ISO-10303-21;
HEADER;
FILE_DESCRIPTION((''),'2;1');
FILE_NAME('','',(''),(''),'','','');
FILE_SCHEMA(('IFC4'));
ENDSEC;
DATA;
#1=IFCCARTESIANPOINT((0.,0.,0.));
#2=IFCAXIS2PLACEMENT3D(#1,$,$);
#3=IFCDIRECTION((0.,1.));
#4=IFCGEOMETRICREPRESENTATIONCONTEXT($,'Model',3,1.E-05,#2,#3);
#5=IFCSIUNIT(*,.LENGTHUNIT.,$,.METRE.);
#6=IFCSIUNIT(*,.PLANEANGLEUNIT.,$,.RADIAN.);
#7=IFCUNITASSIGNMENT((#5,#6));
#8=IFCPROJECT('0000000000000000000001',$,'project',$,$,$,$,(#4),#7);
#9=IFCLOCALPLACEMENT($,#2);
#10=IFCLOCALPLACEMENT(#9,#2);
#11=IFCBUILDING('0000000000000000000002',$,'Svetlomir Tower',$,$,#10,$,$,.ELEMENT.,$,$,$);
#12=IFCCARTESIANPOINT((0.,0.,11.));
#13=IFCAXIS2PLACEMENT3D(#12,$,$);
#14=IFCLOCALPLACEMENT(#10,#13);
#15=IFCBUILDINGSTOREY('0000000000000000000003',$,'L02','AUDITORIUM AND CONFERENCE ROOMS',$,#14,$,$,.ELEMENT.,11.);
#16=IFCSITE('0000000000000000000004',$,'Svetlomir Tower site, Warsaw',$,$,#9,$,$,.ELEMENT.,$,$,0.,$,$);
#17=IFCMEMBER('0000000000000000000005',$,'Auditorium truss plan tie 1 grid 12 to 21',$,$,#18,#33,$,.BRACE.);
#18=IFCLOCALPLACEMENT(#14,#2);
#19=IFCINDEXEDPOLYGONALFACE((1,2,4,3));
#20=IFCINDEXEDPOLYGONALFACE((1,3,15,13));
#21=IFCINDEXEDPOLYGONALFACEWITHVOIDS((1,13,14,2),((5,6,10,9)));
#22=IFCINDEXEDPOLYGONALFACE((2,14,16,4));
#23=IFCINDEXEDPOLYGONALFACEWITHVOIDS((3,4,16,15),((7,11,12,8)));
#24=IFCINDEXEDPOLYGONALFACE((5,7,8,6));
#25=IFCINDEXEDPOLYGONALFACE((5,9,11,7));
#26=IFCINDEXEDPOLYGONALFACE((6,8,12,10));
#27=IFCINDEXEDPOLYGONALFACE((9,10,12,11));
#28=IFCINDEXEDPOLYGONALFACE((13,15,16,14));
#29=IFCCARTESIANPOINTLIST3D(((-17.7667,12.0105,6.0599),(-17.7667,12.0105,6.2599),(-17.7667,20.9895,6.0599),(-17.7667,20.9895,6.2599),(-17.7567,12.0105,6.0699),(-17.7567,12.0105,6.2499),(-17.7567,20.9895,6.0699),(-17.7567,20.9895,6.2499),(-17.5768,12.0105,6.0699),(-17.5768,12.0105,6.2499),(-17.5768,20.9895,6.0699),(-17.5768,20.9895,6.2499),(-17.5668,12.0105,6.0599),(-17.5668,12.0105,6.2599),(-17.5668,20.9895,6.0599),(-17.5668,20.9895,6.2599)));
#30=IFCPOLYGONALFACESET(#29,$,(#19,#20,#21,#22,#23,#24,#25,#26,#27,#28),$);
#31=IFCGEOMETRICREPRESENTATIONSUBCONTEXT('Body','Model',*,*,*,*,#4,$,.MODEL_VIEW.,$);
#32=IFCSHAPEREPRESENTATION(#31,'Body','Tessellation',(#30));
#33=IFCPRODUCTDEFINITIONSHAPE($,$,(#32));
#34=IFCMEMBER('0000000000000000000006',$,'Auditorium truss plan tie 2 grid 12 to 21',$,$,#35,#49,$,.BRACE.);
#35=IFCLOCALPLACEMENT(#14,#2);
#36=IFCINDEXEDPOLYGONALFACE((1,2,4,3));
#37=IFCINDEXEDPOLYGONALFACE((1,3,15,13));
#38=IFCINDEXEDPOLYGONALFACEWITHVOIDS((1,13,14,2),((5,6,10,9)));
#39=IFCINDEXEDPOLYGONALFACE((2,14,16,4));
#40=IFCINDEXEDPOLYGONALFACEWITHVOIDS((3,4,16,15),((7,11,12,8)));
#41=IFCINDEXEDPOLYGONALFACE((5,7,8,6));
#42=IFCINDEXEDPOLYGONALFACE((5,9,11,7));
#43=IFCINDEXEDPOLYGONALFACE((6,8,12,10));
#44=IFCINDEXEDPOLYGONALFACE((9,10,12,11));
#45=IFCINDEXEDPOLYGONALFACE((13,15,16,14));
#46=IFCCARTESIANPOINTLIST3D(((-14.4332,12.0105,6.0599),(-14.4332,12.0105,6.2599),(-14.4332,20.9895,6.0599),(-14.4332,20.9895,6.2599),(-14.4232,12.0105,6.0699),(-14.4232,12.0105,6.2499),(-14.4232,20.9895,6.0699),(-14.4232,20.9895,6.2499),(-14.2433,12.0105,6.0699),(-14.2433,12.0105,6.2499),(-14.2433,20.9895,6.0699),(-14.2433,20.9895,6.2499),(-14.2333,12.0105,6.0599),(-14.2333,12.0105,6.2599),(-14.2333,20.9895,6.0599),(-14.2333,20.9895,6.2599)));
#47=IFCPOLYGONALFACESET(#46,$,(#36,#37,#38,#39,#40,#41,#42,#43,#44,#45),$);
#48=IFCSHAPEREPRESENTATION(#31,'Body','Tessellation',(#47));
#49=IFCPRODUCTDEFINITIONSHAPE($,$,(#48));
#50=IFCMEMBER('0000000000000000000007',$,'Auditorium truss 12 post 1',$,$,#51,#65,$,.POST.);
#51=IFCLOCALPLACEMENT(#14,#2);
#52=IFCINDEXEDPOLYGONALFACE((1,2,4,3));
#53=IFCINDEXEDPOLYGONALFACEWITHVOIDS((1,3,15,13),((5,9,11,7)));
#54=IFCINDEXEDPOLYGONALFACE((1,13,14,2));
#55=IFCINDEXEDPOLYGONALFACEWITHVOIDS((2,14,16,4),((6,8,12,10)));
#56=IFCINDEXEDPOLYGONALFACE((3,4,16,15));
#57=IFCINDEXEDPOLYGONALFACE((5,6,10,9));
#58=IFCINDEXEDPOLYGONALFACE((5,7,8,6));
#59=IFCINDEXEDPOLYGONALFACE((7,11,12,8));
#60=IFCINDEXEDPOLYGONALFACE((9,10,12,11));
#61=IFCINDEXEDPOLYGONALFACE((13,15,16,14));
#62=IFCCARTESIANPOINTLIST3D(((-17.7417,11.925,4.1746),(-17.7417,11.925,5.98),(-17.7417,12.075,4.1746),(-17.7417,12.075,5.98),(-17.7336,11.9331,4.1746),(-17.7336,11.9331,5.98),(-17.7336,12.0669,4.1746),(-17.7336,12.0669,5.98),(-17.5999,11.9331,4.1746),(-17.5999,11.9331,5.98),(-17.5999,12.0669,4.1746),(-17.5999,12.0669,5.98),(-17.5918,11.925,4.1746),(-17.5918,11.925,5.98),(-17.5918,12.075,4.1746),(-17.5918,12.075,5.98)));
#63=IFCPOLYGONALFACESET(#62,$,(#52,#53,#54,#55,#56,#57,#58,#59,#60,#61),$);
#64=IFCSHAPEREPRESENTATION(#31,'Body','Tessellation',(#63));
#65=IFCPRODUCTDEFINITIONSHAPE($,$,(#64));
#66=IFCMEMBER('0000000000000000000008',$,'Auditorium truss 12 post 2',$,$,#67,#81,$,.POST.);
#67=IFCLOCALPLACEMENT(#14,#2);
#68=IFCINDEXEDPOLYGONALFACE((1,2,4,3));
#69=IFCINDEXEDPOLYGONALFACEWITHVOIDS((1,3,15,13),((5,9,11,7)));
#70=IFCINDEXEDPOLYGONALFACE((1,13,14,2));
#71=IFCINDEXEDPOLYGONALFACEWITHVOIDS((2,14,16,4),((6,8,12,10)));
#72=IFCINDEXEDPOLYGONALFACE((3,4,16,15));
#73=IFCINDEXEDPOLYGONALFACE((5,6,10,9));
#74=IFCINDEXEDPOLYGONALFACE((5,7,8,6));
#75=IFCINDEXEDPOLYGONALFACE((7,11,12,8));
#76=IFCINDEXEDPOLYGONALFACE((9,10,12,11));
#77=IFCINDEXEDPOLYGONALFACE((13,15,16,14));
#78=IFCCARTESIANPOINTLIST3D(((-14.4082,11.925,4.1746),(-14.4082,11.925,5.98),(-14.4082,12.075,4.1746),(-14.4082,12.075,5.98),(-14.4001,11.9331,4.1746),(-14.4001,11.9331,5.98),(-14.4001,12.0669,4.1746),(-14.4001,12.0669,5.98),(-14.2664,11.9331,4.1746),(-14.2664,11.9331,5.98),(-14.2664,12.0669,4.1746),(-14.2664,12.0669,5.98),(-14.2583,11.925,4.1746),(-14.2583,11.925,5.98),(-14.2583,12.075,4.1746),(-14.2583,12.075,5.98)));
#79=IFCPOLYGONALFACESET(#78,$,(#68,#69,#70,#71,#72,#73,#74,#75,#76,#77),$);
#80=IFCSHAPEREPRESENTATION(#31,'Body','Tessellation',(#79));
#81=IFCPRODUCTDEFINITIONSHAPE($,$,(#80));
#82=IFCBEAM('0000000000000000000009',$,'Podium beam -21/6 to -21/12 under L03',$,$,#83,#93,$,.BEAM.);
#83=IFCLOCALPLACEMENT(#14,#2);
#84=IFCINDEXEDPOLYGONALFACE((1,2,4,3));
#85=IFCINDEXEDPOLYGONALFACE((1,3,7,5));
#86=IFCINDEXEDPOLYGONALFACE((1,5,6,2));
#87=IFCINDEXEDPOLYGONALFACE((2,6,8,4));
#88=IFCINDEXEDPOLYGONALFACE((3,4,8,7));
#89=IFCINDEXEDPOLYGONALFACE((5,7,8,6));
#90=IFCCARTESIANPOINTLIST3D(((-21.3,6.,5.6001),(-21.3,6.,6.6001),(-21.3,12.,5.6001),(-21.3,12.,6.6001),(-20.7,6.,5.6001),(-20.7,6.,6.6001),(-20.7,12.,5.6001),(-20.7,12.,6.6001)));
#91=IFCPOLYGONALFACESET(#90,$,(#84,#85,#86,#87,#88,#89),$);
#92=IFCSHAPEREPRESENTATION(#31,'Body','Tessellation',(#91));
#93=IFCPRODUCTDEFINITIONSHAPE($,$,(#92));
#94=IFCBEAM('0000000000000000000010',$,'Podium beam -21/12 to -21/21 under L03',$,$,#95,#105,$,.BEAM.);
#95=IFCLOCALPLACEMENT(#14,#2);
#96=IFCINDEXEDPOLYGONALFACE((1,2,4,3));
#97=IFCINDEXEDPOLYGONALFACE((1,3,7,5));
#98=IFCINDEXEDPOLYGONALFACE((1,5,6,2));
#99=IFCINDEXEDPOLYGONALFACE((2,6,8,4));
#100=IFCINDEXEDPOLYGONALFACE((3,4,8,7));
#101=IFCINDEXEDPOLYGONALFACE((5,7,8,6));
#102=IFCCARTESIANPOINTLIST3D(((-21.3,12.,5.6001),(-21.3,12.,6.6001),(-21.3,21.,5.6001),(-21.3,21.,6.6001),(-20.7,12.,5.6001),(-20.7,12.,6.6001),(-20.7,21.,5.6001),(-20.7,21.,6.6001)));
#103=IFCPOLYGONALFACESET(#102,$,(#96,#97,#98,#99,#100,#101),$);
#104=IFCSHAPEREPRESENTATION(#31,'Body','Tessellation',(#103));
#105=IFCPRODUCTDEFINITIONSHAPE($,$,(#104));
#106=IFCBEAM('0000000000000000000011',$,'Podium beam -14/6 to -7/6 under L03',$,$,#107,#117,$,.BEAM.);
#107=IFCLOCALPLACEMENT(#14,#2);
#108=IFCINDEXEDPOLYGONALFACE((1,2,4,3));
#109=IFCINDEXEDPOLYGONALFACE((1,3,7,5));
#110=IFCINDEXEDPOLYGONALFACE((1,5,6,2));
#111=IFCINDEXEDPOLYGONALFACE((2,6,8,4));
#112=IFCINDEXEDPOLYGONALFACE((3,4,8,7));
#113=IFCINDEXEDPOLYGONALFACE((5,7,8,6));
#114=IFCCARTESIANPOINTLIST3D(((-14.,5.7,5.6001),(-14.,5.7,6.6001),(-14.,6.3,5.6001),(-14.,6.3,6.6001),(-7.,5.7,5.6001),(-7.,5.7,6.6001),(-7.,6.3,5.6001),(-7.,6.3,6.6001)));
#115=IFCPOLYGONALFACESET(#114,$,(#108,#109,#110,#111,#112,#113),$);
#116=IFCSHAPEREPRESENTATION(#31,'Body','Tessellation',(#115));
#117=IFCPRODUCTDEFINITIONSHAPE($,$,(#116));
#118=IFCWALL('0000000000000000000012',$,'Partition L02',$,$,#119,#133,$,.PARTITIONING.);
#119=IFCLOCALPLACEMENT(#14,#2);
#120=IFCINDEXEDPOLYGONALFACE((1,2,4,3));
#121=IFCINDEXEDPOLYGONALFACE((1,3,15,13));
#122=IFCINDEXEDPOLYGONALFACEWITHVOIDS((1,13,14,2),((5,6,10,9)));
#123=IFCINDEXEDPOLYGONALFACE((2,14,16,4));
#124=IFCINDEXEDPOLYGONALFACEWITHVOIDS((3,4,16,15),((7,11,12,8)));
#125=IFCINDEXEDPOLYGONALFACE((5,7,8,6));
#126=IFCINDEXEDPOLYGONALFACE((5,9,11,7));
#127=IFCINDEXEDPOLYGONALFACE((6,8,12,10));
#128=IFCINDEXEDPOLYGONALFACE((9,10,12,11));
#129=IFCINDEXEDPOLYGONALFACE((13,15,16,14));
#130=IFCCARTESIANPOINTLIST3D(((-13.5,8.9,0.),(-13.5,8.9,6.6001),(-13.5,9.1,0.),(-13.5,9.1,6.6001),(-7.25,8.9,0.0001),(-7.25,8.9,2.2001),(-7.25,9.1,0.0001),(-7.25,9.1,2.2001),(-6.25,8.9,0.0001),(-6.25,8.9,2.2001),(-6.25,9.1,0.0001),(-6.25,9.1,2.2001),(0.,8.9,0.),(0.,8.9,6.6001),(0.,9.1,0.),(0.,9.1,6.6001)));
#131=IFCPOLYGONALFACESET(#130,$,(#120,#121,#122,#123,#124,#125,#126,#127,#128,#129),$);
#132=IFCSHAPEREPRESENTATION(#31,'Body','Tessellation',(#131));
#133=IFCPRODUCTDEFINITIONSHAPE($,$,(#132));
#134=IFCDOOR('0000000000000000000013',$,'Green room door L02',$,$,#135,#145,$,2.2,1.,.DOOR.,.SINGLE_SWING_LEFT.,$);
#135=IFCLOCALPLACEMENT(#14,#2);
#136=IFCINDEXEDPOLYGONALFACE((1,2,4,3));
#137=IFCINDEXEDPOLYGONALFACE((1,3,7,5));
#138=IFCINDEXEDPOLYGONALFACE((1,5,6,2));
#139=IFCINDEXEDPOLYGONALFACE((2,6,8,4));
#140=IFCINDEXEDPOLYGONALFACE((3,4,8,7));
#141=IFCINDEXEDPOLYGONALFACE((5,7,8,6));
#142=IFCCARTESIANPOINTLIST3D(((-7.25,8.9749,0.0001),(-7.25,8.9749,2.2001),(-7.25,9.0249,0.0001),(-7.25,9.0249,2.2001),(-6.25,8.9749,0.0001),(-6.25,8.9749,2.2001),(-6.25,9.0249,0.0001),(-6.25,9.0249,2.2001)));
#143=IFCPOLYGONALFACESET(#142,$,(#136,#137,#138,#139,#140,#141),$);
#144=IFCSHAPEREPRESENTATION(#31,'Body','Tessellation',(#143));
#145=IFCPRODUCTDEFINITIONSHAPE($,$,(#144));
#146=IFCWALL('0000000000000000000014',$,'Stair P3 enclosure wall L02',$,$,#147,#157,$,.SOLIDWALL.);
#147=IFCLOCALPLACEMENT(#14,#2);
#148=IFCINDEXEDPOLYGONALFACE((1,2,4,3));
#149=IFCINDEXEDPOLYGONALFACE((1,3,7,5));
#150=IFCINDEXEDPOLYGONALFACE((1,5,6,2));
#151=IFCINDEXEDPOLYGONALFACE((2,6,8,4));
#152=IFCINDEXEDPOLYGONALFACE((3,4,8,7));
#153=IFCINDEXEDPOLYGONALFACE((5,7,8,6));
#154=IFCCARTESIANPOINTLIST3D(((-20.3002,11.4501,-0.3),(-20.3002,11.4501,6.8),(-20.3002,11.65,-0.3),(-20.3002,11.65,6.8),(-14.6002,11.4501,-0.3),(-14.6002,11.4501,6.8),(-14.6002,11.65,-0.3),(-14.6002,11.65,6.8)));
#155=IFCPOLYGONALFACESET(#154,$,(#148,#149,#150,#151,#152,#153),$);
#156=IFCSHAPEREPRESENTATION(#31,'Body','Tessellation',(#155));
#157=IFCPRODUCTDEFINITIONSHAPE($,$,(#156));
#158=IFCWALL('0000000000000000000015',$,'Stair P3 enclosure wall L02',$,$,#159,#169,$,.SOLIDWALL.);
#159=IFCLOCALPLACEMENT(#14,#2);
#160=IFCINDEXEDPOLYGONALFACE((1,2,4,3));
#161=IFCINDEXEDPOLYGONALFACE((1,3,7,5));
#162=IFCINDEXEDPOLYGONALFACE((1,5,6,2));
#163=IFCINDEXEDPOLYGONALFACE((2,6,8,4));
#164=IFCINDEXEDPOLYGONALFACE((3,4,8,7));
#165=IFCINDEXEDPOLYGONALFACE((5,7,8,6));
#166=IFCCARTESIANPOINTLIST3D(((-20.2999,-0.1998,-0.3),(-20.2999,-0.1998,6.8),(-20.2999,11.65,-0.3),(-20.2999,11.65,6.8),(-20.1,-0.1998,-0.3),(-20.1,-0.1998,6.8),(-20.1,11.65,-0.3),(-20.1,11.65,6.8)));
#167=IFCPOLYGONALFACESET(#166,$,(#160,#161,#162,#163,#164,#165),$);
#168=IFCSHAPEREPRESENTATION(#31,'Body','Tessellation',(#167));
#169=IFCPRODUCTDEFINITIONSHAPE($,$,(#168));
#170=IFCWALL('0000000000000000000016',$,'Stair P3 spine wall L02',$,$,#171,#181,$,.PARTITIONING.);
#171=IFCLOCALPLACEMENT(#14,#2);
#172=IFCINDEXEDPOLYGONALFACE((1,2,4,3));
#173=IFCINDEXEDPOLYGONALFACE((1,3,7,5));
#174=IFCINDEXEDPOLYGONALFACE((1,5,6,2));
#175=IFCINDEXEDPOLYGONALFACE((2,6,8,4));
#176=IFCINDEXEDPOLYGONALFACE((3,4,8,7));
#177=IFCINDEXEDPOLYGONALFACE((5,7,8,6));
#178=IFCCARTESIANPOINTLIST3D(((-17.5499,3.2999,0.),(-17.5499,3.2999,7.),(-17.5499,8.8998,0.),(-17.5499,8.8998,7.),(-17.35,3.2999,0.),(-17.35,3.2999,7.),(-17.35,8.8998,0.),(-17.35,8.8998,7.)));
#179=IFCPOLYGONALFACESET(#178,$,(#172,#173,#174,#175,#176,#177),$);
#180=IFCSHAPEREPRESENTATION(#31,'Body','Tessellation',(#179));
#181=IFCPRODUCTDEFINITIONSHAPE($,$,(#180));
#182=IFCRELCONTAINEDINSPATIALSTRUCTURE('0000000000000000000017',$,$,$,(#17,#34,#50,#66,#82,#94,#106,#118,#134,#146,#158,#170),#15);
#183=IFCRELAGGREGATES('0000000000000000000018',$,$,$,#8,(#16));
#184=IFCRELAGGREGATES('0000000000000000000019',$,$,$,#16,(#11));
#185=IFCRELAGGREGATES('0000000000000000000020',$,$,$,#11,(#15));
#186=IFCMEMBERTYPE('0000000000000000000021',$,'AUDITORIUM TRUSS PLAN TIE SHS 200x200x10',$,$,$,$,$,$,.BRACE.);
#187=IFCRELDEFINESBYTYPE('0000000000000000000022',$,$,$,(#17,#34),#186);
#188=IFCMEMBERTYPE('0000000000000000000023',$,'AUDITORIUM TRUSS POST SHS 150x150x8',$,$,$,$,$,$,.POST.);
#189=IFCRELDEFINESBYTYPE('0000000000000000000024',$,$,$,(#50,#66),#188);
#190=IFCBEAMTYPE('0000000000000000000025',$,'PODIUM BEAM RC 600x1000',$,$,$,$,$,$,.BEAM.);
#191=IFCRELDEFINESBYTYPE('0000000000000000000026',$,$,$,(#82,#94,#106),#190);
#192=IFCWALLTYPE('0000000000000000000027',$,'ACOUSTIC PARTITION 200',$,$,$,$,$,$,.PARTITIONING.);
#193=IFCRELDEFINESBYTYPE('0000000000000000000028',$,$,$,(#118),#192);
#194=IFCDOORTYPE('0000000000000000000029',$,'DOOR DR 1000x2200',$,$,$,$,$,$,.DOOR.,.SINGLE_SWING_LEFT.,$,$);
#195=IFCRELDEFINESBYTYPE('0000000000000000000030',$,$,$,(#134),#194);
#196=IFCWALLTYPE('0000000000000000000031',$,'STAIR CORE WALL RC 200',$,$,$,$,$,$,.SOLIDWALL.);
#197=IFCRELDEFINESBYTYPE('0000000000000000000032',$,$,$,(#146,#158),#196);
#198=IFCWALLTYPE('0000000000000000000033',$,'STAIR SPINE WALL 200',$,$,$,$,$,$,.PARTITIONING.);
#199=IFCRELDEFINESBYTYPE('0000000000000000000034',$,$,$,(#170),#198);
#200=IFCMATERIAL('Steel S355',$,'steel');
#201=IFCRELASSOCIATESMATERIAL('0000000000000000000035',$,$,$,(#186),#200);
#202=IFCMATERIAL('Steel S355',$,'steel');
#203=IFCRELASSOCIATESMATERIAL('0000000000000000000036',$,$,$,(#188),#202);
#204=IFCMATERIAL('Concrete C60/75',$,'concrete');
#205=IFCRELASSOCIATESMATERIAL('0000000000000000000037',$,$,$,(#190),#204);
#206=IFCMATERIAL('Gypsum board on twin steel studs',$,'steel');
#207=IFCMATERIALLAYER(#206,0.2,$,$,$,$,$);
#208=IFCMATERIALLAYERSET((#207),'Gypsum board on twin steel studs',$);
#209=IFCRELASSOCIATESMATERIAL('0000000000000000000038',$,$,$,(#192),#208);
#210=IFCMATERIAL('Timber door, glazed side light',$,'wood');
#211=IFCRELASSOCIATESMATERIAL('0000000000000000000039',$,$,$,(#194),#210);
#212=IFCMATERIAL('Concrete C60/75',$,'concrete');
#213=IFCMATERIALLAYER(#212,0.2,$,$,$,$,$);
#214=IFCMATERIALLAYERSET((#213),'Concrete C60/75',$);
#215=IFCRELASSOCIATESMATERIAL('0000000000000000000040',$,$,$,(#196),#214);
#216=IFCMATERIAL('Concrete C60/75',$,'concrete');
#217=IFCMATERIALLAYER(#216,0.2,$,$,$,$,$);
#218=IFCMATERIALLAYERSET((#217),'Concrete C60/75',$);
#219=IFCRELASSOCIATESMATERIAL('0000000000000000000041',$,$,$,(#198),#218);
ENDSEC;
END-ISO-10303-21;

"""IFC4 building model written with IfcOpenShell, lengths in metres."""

from ifc_helpers import new_model, si_unit, direction, frame, frame_2d, origin, origin_2d, place, context, subcontext, project, spatial, rectangle, hollow_rectangle, extrude, material, layer, layer_set, material_profile, profile_set, type_object, element, fill, save


model = new_model("IFC4")

# Units and contexts
model_context = context("Model", 3, precision=1e-05, world=origin(), true_north=direction((0.0, 1.0)))
body_context = subcontext(model_context, "Body", "Model", "MODEL_VIEW")
ifc_project = project(units=[si_unit("LENGTHUNIT", "METRE"), si_unit("PLANEANGLEUNIT", "RADIAN")], contexts=[model_context])

# Site, building, storey
site_placement = place(None, origin())
site = spatial("IfcSite", under=ifc_project, at=site_placement, Name="Svetlomir Tower site, Warsaw", CompositionType="ELEMENT", RefElevation=0.0)
building_placement = place(site_placement, origin())
building = spatial("IfcBuilding", under=site, at=building_placement, Name="Svetlomir Tower", CompositionType="ELEMENT")
storey_placement = place(building_placement, frame((0.0, 0.0, 11.0)))
storey = spatial("IfcBuildingStorey", under=building, at=storey_placement, Name="L02", Description="AUDITORIUM AND CONFERENCE ROOMS", CompositionType="ELEMENT", Elevation=11.0)

# Members
ifc_material_1 = material(Name="Steel S355", Category="steel")
ifc_material_profile_1 = material_profile(ifc_material_1, hollow_rectangle(XDim=0.2, YDim=0.2, WallThickness=0.01, at=origin_2d()), Name="SHS 200x200x10")
ifc_profile_set_1 = profile_set([ifc_material_profile_1], Name="Steel S355")
member_type_1 = type_object("IfcMemberType", Name="AUDITORIUM TRUSS PLAN TIE SHS 200x200x10", PredefinedType="BRACE", material=ifc_profile_set_1)
for number, where, z_axis, x_axis, name in (
    (1, (-17.6667, 12.0105, 6.1599), (0.0, 1.0, 0.0), (-1.0, 0.0, 0.0), "Auditorium truss plan tie 1 grid 12 to 21"),
    (2, (-14.3333, 12.0105, 6.1599), (0.0, 1.0, 0.0), (-1.0, 0.0, 0.0), "Auditorium truss plan tie 2 grid 12 to 21"),
):
    element("IfcMember", number, at=place(storey_placement, frame(where, z_axis=z_axis, x_axis=x_axis)), inside=storey, type_object=member_type_1, Name=name, PredefinedType="BRACE", context=body_context, shape_type="SweptSolid", body=[
        extrude(hollow_rectangle(XDim=0.2, YDim=0.2, WallThickness=0.01, at=origin_2d()), origin(), (0.0, 0.0, 1.0), 8.979),
    ])
ifc_material_2 = material(Name="Steel S355", Category="steel")
ifc_material_profile_2 = material_profile(ifc_material_2, hollow_rectangle(XDim=0.1499, YDim=0.1499, WallThickness=0.0081, at=origin_2d()), Name="SHS 150x150x8")
ifc_profile_set_2 = profile_set([ifc_material_profile_2], Name="Steel S355")
member_type_2 = type_object("IfcMemberType", Name="AUDITORIUM TRUSS POST SHS 150x150x8", PredefinedType="POST", material=ifc_profile_set_2)
for number, where, z_axis, x_axis, name in (
    (3, (-17.6667, 12.0, 4.1746), (0.0, 0.0, 1.0), (1.0, 0.0, 0.0), "Auditorium truss 12 post 1"),
    (4, (-14.3333, 12.0, 4.1746), (0.0, 0.0, 1.0), (1.0, 0.0, 0.0), "Auditorium truss 12 post 2"),
):
    element("IfcMember", number, at=place(storey_placement, frame(where, z_axis=z_axis, x_axis=x_axis)), inside=storey, type_object=member_type_2, Name=name, PredefinedType="POST", context=body_context, shape_type="SweptSolid", body=[
        extrude(hollow_rectangle(XDim=0.1499, YDim=0.1499, WallThickness=0.0081, at=origin_2d()), origin(), (0.0, 0.0, 1.0), 1.8054),
    ])

# Beams
ifc_material_3 = material(Name="Concrete C60/75", Category="concrete")
ifc_material_profile_3 = material_profile(ifc_material_3, rectangle(XDim=0.6001, YDim=1.0, at=origin_2d()), Name="RC 600x1000")
ifc_profile_set_3 = profile_set([ifc_material_profile_3], Name="Concrete C60/75")
beam_type = type_object("IfcBeamType", Name="PODIUM BEAM RC 600x1000", PredefinedType="BEAM", material=ifc_profile_set_3)
beam_1_placement = place(storey_placement, frame((-21.0, 6.0, 6.1001), z_axis=(0.0, 1.0, 0.0), x_axis=(-1.0, 0.0, 0.0)))
element("IfcBeam", 5, at=beam_1_placement, inside=storey, type_object=beam_type, Name="Podium beam -21/6 to -21/12 under L03", PredefinedType="BEAM", context=body_context, shape_type="SweptSolid", body=[
    extrude(rectangle(XDim=0.6001, YDim=1.0, at=origin_2d()), origin(), (0.0, 0.0, 1.0), 6.0),
])
beam_2_placement = place(storey_placement, frame((-21.0, 12.0, 6.1001), z_axis=(0.0, 1.0, 0.0), x_axis=(-1.0, 0.0, 0.0)))
element("IfcBeam", 6, at=beam_2_placement, inside=storey, type_object=beam_type, Name="Podium beam -21/12 to -21/21 under L03", PredefinedType="BEAM", context=body_context, shape_type="SweptSolid", body=[
    extrude(rectangle(XDim=0.6001, YDim=1.0, at=origin_2d()), origin(), (0.0, 0.0, 1.0), 9.0),
])
beam_3_placement = place(storey_placement, frame((-14.0, 6.0, 6.1001), z_axis=(1.0, 0.0, 0.0), x_axis=(0.0, 1.0, 0.0)))
element("IfcBeam", 7, at=beam_3_placement, inside=storey, type_object=beam_type, Name="Podium beam -14/6 to -7/6 under L03", PredefinedType="BEAM", context=body_context, shape_type="SweptSolid", body=[
    extrude(rectangle(XDim=0.6001, YDim=1.0, at=origin_2d()), origin(), (0.0, 0.0, 1.0), 7.0),
])

# Wall, opening, door
ifc_material_4 = material(Name="Gypsum board on twin steel studs", Category="steel")
ifc_layer_1 = layer(ifc_material_4, 0.2)
ifc_layer_set_1 = layer_set([ifc_layer_1], Name="Gypsum board on twin steel studs")
wall_type_1 = type_object("IfcWallType", Name="ACOUSTIC PARTITION 200", PredefinedType="PARTITIONING", material=ifc_layer_set_1)
wall_1_placement = place(storey_placement, frame((-13.5, 9.0, 0.0), z_axis=(0.0, 0.0, 1.0), x_axis=(1.0, 0.0, 0.0)))
wall_1 = element("IfcWall", 8, at=wall_1_placement, inside=storey, type_object=wall_type_1, Name="Partition L02", PredefinedType="PARTITIONING", context=body_context, shape_type="SweptSolid", body=[
    extrude(rectangle(XDim=13.5, YDim=0.2, at=frame_2d((6.75, 0.0))), origin(), (0.0, 0.0, 1.0), 6.6001),
])
opening_1_placement = place(wall_1_placement, frame((6.25, 0.0, 0.0)))
opening_1 = element("IfcOpeningElement", 9, at=opening_1_placement, cuts=wall_1, PredefinedType="OPENING", context=body_context, shape_type="SweptSolid", body=[
    extrude(rectangle(XDim=1.0, YDim=2.2, at=frame_2d((0.5, 1.1001))), frame((0.0, 0.1099, 0.0), z_axis=(0.0, -1.0, 0.0), x_axis=(1.0, 0.0, 0.0)), (0.0, 0.0, 1.0), 0.22),
])
ifc_material_5 = material(Name="Timber door, glazed side light", Category="wood")
door_type = type_object("IfcDoorType", Name="DOOR DR 1000x2200", OperationType="SINGLE_SWING_LEFT", PredefinedType="DOOR", material=ifc_material_5)
door_placement = place(opening_1_placement, origin())
door = element("IfcDoor", 10, at=door_placement, inside=storey, type_object=door_type, Name="Green room door L02", OperationType="SINGLE_SWING_LEFT", OverallHeight=2.2, OverallWidth=1.0, PredefinedType="DOOR", context=body_context, shape_type="SweptSolid", body=[
    extrude(rectangle(XDim=1.0, YDim=2.2, at=frame_2d((0.5, 1.1001))), frame((0.0, 0.0249, 0.0), z_axis=(0.0, -1.0, 0.0), x_axis=(1.0, 0.0, 0.0)), (0.0, 0.0, 1.0), 0.05),
])
fill(opening_1, door)

# Walls
ifc_material_6 = material(Name="Concrete C60/75", Category="concrete")
ifc_layer_2 = layer(ifc_material_6, 0.2)
ifc_layer_set_2 = layer_set([ifc_layer_2], Name="Concrete C60/75")
wall_type_2 = type_object("IfcWallType", Name="STAIR CORE WALL RC 200", PredefinedType="SOLIDWALL", material=ifc_layer_set_2)
wall_2_placement = place(storey_placement, frame((-14.6001, 11.55, -0.3), z_axis=(0.0, 0.0, 1.0), x_axis=(-1.0, 0.0, 0.0)))
element("IfcWall", 11, at=wall_2_placement, inside=storey, type_object=wall_type_2, Name="Stair P3 enclosure wall L02", PredefinedType="SOLIDWALL", context=body_context, shape_type="SweptSolid", body=[
    extrude(rectangle(XDim=5.7, YDim=0.2, at=frame_2d((2.8501, 0.0))), origin(), (0.0, 0.0, 1.0), 7.1001),
])
wall_3_placement = place(storey_placement, frame((-20.2, 11.6499, -0.3), z_axis=(0.0, 0.0, 1.0), x_axis=(0.0, -1.0, 0.0)))
element("IfcWall", 12, at=wall_3_placement, inside=storey, type_object=wall_type_2, Name="Stair P3 enclosure wall L02", PredefinedType="SOLIDWALL", context=body_context, shape_type="SweptSolid", body=[
    extrude(rectangle(XDim=11.8499, YDim=0.2, at=frame_2d((5.9248, 0.0))), origin(), (0.0, 0.0, 1.0), 7.1001),
])
ifc_material_7 = material(Name="Concrete C60/75", Category="concrete")
ifc_layer_3 = layer(ifc_material_7, 0.2)
ifc_layer_set_3 = layer_set([ifc_layer_3], Name="Concrete C60/75")
wall_type_3 = type_object("IfcWallType", Name="STAIR SPINE WALL 200", PredefinedType="PARTITIONING", material=ifc_layer_set_3)
wall_4_placement = place(storey_placement, frame((-17.45, 3.3, 0.0), z_axis=(0.0, 0.0, 1.0), x_axis=(0.0, 1.0, 0.0)))
element("IfcWall", 13, at=wall_4_placement, inside=storey, type_object=wall_type_3, Name="Stair P3 spine wall L02", PredefinedType="PARTITIONING", context=body_context, shape_type="SweptSolid", body=[
    extrude(rectangle(XDim=5.5999, YDim=0.2, at=frame_2d((2.7998, 0.0))), origin(), (0.0, 0.0, 1.0), 7.0),
])

save(model, "model.ifc")
